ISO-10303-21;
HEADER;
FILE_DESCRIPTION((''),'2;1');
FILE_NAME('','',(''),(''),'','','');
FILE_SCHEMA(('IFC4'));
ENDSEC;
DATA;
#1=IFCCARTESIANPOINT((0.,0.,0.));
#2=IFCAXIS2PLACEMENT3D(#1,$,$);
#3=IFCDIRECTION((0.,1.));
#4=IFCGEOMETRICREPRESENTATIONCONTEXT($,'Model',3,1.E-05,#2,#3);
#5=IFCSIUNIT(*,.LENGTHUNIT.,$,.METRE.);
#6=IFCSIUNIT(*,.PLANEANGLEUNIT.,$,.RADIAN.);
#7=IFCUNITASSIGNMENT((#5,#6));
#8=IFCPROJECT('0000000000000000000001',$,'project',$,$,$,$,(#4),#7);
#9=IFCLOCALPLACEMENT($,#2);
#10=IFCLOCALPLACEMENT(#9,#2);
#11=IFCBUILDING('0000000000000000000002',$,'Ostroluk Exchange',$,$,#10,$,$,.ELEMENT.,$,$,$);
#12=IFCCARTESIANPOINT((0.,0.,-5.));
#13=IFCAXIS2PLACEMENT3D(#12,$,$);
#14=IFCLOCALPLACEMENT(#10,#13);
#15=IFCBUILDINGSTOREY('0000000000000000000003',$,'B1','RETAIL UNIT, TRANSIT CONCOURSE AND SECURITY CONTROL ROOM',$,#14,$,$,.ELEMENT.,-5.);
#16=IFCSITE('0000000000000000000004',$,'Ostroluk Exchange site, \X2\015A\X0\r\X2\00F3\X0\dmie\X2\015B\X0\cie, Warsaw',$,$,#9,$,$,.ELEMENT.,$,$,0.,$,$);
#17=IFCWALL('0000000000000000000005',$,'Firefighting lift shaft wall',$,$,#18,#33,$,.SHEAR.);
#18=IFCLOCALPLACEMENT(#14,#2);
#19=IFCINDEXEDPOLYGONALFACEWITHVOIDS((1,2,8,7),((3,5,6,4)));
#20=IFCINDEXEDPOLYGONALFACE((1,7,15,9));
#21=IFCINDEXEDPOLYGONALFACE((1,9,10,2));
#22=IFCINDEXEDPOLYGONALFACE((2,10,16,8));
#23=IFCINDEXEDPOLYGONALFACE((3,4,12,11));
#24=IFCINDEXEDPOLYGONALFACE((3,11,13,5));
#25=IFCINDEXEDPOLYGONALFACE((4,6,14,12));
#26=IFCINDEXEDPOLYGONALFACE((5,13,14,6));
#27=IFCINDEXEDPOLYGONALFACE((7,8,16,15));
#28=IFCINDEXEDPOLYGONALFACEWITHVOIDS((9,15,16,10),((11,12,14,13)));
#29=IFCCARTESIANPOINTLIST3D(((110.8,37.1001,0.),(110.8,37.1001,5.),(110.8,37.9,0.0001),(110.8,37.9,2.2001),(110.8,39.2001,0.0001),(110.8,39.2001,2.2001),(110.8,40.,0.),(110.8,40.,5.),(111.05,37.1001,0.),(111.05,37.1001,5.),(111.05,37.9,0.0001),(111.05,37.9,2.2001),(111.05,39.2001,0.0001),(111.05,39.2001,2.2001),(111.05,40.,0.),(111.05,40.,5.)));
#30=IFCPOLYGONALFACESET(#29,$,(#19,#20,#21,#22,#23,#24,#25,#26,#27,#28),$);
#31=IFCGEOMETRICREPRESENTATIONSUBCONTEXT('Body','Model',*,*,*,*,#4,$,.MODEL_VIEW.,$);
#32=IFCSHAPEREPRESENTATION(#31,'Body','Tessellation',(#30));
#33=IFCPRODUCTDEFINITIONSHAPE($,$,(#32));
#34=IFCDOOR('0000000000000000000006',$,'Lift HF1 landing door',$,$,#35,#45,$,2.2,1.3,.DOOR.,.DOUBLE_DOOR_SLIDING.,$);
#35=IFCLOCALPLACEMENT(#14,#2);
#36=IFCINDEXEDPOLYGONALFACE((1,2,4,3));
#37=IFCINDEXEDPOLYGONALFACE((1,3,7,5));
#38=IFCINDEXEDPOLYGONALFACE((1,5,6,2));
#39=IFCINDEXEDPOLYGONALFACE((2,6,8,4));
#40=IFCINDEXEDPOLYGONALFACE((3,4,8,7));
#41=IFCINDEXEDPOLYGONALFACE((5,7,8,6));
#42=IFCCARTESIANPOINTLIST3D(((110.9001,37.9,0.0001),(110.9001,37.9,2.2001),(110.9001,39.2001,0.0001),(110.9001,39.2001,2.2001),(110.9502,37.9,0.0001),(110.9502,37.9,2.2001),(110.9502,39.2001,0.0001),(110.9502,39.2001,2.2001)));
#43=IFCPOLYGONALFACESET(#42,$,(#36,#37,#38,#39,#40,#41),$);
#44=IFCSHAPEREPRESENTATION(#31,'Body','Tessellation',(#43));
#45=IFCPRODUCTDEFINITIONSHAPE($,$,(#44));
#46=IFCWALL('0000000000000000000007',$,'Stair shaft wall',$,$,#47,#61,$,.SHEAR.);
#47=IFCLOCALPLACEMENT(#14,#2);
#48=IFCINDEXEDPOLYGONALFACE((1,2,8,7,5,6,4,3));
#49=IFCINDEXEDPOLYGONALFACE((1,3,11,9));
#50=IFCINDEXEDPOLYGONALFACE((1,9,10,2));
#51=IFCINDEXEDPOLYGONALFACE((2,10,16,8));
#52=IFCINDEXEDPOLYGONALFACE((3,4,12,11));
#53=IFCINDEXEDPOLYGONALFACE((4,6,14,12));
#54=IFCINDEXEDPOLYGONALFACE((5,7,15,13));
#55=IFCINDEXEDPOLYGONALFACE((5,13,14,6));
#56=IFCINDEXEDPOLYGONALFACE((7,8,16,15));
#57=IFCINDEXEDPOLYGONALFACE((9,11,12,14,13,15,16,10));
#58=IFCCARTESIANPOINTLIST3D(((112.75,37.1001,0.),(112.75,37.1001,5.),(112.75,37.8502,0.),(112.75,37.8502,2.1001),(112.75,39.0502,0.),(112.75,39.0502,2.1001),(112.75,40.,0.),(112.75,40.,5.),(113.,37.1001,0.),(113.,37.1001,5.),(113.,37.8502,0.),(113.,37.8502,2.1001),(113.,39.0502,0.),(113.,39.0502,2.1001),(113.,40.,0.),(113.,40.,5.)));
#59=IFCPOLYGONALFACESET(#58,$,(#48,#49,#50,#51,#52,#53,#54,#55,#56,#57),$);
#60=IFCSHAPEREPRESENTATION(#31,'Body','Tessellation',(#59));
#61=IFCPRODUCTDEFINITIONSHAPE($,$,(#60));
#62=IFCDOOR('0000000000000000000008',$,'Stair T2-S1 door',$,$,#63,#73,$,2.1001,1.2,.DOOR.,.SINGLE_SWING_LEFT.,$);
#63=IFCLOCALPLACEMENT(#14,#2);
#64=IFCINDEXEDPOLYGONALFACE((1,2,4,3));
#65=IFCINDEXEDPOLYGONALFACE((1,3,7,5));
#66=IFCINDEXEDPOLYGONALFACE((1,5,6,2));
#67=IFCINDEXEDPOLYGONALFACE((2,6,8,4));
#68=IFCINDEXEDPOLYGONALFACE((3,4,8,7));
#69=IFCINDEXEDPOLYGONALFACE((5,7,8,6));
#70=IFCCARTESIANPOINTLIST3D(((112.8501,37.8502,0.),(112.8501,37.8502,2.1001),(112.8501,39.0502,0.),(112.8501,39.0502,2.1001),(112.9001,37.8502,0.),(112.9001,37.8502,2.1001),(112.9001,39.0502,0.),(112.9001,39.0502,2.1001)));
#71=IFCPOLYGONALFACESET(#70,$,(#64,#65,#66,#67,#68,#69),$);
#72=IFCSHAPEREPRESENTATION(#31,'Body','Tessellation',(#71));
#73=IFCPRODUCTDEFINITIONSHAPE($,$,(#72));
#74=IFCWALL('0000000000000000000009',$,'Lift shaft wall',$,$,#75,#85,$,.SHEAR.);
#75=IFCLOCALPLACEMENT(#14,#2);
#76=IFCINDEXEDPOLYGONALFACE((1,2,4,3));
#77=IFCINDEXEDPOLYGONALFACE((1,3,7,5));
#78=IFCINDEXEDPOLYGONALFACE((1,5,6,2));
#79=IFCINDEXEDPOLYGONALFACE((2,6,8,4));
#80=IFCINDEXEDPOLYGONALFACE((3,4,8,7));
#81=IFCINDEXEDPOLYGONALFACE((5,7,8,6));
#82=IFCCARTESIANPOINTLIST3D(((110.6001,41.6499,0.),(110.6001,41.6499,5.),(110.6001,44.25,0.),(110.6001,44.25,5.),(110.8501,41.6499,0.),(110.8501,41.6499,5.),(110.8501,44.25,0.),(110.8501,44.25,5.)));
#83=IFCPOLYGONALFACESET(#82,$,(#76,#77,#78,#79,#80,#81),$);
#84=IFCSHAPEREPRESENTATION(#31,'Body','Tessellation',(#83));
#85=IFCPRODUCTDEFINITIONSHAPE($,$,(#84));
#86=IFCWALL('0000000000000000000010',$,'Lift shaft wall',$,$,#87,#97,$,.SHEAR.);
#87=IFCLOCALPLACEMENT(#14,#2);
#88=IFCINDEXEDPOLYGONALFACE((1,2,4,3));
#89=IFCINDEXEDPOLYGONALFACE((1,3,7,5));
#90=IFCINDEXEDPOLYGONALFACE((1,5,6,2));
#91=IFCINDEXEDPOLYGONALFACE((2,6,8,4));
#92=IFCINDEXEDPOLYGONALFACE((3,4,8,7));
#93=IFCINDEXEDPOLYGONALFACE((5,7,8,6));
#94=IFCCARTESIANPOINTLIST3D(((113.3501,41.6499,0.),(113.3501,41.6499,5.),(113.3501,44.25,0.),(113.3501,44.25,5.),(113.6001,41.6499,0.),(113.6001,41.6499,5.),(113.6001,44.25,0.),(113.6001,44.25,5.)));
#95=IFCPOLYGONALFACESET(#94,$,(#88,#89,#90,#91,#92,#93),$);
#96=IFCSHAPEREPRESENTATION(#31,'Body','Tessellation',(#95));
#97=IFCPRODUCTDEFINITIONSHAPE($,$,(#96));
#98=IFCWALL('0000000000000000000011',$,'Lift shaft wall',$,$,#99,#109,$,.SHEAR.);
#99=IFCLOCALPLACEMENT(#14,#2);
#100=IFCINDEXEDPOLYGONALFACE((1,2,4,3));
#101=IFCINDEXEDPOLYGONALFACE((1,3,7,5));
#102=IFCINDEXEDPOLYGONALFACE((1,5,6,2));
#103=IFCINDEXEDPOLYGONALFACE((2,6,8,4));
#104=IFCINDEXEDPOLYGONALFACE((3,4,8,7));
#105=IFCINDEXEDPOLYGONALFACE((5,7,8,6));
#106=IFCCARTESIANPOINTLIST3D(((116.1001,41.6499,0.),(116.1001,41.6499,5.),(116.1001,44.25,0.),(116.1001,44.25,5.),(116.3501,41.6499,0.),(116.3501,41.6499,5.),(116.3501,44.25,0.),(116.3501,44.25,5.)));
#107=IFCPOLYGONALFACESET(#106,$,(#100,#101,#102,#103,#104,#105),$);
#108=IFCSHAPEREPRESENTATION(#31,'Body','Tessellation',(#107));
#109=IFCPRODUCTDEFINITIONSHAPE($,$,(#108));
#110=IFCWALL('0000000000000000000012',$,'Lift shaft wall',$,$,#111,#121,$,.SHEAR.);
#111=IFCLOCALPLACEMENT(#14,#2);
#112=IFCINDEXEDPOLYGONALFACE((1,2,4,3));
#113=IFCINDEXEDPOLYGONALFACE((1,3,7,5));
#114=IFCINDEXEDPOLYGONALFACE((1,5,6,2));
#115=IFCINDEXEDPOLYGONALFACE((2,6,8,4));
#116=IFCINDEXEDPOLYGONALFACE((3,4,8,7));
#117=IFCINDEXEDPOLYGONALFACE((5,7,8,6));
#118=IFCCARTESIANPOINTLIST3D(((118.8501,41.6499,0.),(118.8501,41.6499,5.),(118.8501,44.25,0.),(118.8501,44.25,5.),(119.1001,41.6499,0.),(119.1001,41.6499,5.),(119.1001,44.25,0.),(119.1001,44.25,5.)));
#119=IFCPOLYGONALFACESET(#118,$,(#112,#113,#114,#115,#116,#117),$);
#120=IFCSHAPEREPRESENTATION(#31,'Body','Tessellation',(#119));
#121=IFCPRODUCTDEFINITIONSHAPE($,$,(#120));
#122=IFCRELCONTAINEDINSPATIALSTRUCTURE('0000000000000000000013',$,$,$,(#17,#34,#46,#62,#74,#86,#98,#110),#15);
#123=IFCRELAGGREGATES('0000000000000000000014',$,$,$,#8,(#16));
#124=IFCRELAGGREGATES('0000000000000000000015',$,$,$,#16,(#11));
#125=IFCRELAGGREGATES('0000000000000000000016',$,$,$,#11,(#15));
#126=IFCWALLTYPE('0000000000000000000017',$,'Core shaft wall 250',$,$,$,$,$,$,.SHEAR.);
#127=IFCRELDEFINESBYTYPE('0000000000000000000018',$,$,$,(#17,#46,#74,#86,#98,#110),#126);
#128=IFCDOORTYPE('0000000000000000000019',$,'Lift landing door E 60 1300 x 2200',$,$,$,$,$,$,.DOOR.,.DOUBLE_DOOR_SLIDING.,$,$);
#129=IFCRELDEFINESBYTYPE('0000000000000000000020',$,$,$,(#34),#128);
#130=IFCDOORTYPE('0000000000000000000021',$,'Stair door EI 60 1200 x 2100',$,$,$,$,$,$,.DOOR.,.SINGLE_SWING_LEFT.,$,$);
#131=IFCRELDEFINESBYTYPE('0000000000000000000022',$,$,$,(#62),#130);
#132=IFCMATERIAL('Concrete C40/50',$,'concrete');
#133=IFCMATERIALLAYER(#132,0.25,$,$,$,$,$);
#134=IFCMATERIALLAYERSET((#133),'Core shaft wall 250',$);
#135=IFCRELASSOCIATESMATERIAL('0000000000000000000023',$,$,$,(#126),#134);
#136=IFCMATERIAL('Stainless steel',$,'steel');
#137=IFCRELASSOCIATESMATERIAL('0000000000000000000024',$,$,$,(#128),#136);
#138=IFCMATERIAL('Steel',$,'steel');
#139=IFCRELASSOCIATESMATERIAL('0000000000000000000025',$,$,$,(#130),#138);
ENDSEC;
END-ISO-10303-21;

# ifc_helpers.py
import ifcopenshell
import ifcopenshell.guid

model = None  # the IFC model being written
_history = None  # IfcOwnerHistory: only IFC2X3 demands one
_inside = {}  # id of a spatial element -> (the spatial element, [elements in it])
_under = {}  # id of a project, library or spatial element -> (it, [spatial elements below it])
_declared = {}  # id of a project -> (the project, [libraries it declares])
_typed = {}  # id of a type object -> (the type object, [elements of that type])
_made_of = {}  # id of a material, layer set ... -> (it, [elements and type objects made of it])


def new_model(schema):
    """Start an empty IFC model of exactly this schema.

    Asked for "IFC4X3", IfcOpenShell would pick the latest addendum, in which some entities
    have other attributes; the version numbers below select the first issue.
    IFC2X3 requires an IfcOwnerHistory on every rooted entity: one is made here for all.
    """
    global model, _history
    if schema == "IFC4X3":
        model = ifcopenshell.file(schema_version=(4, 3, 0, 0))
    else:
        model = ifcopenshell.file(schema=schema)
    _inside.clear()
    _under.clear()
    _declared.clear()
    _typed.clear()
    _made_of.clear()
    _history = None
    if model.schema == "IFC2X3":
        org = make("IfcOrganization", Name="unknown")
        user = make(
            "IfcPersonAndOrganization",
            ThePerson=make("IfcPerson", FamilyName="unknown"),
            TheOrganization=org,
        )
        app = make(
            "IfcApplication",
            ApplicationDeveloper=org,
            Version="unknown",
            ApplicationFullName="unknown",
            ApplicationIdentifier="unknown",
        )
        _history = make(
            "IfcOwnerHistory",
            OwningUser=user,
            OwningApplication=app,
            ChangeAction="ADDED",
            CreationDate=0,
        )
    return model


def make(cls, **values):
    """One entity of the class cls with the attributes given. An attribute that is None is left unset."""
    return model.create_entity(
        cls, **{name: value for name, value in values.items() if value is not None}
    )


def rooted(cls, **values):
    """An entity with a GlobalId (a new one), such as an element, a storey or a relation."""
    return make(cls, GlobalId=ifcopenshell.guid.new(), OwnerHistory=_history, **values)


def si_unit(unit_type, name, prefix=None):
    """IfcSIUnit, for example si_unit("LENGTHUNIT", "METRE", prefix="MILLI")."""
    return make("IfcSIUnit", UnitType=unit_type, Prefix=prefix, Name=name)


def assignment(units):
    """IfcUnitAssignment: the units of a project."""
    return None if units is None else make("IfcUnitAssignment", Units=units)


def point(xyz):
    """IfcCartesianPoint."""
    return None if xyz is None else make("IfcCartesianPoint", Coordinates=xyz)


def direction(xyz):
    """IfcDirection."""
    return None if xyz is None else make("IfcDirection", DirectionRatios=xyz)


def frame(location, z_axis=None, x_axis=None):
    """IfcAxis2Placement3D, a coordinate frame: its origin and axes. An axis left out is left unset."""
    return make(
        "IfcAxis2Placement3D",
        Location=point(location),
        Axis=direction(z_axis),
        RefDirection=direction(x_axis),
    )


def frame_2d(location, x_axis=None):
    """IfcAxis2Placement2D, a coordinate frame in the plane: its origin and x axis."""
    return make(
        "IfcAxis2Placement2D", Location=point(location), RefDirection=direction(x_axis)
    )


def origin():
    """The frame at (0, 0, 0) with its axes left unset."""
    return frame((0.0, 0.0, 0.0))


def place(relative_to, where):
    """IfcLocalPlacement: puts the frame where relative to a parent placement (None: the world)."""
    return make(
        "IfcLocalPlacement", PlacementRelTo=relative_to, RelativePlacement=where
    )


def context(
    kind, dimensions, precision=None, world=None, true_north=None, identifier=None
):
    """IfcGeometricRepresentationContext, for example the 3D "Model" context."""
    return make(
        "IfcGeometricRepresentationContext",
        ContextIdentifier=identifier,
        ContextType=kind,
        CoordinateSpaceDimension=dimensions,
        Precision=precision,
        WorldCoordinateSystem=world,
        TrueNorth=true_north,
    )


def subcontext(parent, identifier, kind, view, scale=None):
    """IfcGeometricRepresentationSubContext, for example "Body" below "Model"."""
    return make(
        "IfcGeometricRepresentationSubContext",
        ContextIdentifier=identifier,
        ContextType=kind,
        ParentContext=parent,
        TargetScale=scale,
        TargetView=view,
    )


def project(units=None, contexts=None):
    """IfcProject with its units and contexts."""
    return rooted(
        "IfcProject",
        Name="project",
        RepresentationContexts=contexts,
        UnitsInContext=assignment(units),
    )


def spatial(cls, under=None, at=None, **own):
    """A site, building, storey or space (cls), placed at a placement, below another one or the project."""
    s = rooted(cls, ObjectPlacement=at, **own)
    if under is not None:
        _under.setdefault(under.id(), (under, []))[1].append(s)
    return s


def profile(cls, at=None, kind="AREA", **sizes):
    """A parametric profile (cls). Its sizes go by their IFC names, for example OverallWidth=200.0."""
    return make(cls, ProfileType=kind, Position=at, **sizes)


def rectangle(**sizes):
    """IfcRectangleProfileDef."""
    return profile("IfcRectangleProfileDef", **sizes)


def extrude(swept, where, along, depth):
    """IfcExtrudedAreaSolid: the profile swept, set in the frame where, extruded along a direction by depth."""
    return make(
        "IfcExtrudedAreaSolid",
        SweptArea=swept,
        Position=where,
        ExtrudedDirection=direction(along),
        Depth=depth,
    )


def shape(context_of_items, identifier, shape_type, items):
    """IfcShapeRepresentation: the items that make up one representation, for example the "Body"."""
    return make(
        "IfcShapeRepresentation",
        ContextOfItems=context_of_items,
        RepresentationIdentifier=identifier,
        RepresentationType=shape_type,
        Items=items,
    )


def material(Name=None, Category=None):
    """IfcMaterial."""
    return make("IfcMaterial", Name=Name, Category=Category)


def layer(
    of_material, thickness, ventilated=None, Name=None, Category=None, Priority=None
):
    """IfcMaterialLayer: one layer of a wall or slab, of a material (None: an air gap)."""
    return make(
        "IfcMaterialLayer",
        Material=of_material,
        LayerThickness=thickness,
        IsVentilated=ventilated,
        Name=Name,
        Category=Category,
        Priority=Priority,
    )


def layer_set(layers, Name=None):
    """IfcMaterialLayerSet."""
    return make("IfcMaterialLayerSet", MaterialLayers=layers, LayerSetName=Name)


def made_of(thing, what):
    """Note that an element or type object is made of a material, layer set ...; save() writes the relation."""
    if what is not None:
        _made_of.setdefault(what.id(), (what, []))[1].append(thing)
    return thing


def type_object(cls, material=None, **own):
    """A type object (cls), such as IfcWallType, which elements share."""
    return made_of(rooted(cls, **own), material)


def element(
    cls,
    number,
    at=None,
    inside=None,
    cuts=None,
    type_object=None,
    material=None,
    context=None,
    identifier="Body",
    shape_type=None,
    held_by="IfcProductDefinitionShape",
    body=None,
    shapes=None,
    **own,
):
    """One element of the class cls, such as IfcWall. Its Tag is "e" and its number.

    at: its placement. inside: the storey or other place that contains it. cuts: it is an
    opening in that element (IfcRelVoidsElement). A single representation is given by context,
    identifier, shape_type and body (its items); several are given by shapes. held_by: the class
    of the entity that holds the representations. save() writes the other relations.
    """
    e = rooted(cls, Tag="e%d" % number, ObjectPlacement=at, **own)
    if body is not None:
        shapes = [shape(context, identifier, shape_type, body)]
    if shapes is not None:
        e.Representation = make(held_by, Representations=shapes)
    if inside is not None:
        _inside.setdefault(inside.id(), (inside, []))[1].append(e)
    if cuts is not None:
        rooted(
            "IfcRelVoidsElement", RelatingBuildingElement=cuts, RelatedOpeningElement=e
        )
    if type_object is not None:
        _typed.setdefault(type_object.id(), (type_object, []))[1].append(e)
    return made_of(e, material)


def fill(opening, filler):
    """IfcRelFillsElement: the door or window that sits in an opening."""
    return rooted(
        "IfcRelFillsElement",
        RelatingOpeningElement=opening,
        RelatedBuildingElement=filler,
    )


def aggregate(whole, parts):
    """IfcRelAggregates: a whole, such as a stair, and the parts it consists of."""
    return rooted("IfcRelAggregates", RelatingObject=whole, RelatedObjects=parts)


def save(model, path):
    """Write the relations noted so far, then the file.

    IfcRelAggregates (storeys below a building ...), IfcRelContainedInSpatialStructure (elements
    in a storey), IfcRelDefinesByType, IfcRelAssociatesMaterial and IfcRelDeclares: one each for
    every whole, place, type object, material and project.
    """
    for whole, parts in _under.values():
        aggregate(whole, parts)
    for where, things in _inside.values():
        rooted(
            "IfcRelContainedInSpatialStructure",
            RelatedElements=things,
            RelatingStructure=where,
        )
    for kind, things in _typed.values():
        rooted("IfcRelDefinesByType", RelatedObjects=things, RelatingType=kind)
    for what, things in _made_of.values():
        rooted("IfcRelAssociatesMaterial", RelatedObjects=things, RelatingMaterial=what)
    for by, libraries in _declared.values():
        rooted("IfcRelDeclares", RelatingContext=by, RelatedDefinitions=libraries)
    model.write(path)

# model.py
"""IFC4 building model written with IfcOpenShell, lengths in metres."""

from ifc_helpers import new_model, si_unit, direction, frame, frame_2d, origin, place, context, subcontext, project, spatial, rectangle, extrude, material, layer, layer_set, type_object, element, fill, save


model = new_model("IFC4")

# Units and contexts
model_context = context("Model", 3, precision=1e-05, world=origin(), true_north=direction((0.0, 1.0)))
body_context = subcontext(model_context, "Body", "Model", "MODEL_VIEW")
ifc_project = project(units=[si_unit("LENGTHUNIT", "METRE"), si_unit("PLANEANGLEUNIT", "RADIAN")], contexts=[model_context])

# Site, building, storey
site_placement = place(None, origin())
site = spatial("IfcSite", under=ifc_project, at=site_placement, Name="Ostroluk Exchange site, Śródmieście, Warsaw", CompositionType="ELEMENT", RefElevation=0.0)
building_placement = place(site_placement, origin())
building = spatial("IfcBuilding", under=site, at=building_placement, Name="Ostroluk Exchange", CompositionType="ELEMENT")
storey_placement = place(building_placement, frame((0.0, 0.0, -5.0)))
storey = spatial("IfcBuildingStorey", under=building, at=storey_placement, Name="B1", Description="RETAIL UNIT, TRANSIT CONCOURSE AND SECURITY CONTROL ROOM", CompositionType="ELEMENT", Elevation=-5.0)

# Walls, openings, doors
ifc_material_1 = material(Name="Concrete C40/50", Category="concrete")
ifc_layer_1 = layer(ifc_material_1, 0.25)
ifc_layer_set_1 = layer_set([ifc_layer_1], Name="Core shaft wall 250")
wall_type_1 = type_object("IfcWallType", Name="Core shaft wall 250", PredefinedType="SHEAR", material=ifc_layer_set_1)
wall_1_placement = place(storey_placement, frame((110.925, 37.1001, 0.0), z_axis=(0.0, 0.0, 1.0), x_axis=(0.0, 1.0, 0.0)))
wall_1 = element("IfcWall", 1, at=wall_1_placement, inside=storey, type_object=wall_type_1, Name="Firefighting lift shaft wall", PredefinedType="SHEAR", context=body_context, shape_type="SweptSolid", body=[
    extrude(rectangle(XDim=2.8999, YDim=0.25, at=frame_2d((1.45, 0.0))), origin(), (0.0, 0.0, 1.0), 5.0),
])
opening_1_placement = place(wall_1_placement, frame((0.8, 0.0, 0.0)))
opening_1 = element("IfcOpeningElement", 2, at=opening_1_placement, cuts=wall_1, PredefinedType="OPENING", context=body_context, shape_type="SweptSolid", body=[
    extrude(rectangle(XDim=1.3, YDim=2.2, at=frame_2d((0.6499, 1.1001))), frame((0.0, 0.135, 0.0), z_axis=(0.0, -1.0, 0.0), x_axis=(1.0, 0.0, 0.0)), (0.0, 0.0, 1.0), 0.27),
])
ifc_material_2 = material(Name="Stainless steel", Category="steel")
door_type_1 = type_object("IfcDoorType", Name="Lift landing door E 60 1300 x 2200", OperationType="DOUBLE_DOOR_SLIDING", PredefinedType="DOOR", material=ifc_material_2)
door_1_placement = place(opening_1_placement, origin())
door_1 = element("IfcDoor", 3, at=door_1_placement, inside=storey, type_object=door_type_1, Name="Lift HF1 landing door", OperationType="DOUBLE_DOOR_SLIDING", OverallHeight=2.2, OverallWidth=1.3, PredefinedType="DOOR", context=body_context, shape_type="SweptSolid", body=[
    extrude(rectangle(XDim=1.3, YDim=2.2, at=frame_2d((0.6499, 1.1001))), frame((0.0, 0.0249, 0.0), z_axis=(0.0, -1.0, 0.0), x_axis=(1.0, 0.0, 0.0)), (0.0, 0.0, 1.0), 0.05),
])
fill(opening_1, door_1)
wall_2_placement = place(storey_placement, frame((112.875, 37.1001, 0.0), z_axis=(0.0, 0.0, 1.0), x_axis=(0.0, 1.0, 0.0)))
wall_2 = element("IfcWall", 4, at=wall_2_placement, inside=storey, type_object=wall_type_1, Name="Stair shaft wall", PredefinedType="SHEAR", context=body_context, shape_type="SweptSolid", body=[
    extrude(rectangle(XDim=2.8999, YDim=0.25, at=frame_2d((1.45, 0.0))), origin(), (0.0, 0.0, 1.0), 5.0),
])
opening_2_placement = place(wall_2_placement, frame((0.75, 0.0, 0.0)))
opening_2 = element("IfcOpeningElement", 5, at=opening_2_placement, cuts=wall_2, PredefinedType="OPENING", context=body_context, shape_type="SweptSolid", body=[
    extrude(rectangle(XDim=1.2, YDim=2.1001, at=frame_2d((0.6001, 1.05))), frame((0.0, 0.135, 0.0), z_axis=(0.0, -1.0, 0.0), x_axis=(1.0, 0.0, 0.0)), (0.0, 0.0, 1.0), 0.27),
])
ifc_material_3 = material(Name="Steel", Category="steel")
door_type_2 = type_object("IfcDoorType", Name="Stair door EI 60 1200 x 2100", OperationType="SINGLE_SWING_LEFT", PredefinedType="DOOR", material=ifc_material_3)
door_2_placement = place(opening_2_placement, origin())
door_2 = element("IfcDoor", 6, at=door_2_placement, inside=storey, type_object=door_type_2, Name="Stair T2-S1 door", OperationType="SINGLE_SWING_LEFT", OverallHeight=2.1001, OverallWidth=1.2, PredefinedType="DOOR", context=body_context, shape_type="SweptSolid", body=[
    extrude(rectangle(XDim=1.2, YDim=2.1001, at=frame_2d((0.6001, 1.05))), frame((0.0, 0.0249, 0.0), z_axis=(0.0, -1.0, 0.0), x_axis=(1.0, 0.0, 0.0)), (0.0, 0.0, 1.0), 0.05),
])
fill(opening_2, door_2)

# Walls
for number, where, z_axis, x_axis, name in (
    (7, (110.7251, 44.25, 0.0), (0.0, 0.0, 1.0), (0.0, -1.0, 0.0), "Lift shaft wall"),
    (8, (113.4751, 44.25, 0.0), (0.0, 0.0, 1.0), (0.0, -1.0, 0.0), "Lift shaft wall"),
    (9, (116.2251, 44.25, 0.0), (0.0, 0.0, 1.0), (0.0, -1.0, 0.0), "Lift shaft wall"),
    (10, (118.9751, 44.25, 0.0), (0.0, 0.0, 1.0), (0.0, -1.0, 0.0), "Lift shaft wall"),
):
    element("IfcWall", number, at=place(storey_placement, frame(where, z_axis=z_axis, x_axis=x_axis)), inside=storey, type_object=wall_type_1, Name=name, PredefinedType="SHEAR", context=body_context, shape_type="SweptSolid", body=[
        extrude(rectangle(XDim=2.6001, YDim=0.25, at=frame_2d((1.3, 0.0))), origin(), (0.0, 0.0, 1.0), 5.0),
    ])

save(model, "model.ifc")
